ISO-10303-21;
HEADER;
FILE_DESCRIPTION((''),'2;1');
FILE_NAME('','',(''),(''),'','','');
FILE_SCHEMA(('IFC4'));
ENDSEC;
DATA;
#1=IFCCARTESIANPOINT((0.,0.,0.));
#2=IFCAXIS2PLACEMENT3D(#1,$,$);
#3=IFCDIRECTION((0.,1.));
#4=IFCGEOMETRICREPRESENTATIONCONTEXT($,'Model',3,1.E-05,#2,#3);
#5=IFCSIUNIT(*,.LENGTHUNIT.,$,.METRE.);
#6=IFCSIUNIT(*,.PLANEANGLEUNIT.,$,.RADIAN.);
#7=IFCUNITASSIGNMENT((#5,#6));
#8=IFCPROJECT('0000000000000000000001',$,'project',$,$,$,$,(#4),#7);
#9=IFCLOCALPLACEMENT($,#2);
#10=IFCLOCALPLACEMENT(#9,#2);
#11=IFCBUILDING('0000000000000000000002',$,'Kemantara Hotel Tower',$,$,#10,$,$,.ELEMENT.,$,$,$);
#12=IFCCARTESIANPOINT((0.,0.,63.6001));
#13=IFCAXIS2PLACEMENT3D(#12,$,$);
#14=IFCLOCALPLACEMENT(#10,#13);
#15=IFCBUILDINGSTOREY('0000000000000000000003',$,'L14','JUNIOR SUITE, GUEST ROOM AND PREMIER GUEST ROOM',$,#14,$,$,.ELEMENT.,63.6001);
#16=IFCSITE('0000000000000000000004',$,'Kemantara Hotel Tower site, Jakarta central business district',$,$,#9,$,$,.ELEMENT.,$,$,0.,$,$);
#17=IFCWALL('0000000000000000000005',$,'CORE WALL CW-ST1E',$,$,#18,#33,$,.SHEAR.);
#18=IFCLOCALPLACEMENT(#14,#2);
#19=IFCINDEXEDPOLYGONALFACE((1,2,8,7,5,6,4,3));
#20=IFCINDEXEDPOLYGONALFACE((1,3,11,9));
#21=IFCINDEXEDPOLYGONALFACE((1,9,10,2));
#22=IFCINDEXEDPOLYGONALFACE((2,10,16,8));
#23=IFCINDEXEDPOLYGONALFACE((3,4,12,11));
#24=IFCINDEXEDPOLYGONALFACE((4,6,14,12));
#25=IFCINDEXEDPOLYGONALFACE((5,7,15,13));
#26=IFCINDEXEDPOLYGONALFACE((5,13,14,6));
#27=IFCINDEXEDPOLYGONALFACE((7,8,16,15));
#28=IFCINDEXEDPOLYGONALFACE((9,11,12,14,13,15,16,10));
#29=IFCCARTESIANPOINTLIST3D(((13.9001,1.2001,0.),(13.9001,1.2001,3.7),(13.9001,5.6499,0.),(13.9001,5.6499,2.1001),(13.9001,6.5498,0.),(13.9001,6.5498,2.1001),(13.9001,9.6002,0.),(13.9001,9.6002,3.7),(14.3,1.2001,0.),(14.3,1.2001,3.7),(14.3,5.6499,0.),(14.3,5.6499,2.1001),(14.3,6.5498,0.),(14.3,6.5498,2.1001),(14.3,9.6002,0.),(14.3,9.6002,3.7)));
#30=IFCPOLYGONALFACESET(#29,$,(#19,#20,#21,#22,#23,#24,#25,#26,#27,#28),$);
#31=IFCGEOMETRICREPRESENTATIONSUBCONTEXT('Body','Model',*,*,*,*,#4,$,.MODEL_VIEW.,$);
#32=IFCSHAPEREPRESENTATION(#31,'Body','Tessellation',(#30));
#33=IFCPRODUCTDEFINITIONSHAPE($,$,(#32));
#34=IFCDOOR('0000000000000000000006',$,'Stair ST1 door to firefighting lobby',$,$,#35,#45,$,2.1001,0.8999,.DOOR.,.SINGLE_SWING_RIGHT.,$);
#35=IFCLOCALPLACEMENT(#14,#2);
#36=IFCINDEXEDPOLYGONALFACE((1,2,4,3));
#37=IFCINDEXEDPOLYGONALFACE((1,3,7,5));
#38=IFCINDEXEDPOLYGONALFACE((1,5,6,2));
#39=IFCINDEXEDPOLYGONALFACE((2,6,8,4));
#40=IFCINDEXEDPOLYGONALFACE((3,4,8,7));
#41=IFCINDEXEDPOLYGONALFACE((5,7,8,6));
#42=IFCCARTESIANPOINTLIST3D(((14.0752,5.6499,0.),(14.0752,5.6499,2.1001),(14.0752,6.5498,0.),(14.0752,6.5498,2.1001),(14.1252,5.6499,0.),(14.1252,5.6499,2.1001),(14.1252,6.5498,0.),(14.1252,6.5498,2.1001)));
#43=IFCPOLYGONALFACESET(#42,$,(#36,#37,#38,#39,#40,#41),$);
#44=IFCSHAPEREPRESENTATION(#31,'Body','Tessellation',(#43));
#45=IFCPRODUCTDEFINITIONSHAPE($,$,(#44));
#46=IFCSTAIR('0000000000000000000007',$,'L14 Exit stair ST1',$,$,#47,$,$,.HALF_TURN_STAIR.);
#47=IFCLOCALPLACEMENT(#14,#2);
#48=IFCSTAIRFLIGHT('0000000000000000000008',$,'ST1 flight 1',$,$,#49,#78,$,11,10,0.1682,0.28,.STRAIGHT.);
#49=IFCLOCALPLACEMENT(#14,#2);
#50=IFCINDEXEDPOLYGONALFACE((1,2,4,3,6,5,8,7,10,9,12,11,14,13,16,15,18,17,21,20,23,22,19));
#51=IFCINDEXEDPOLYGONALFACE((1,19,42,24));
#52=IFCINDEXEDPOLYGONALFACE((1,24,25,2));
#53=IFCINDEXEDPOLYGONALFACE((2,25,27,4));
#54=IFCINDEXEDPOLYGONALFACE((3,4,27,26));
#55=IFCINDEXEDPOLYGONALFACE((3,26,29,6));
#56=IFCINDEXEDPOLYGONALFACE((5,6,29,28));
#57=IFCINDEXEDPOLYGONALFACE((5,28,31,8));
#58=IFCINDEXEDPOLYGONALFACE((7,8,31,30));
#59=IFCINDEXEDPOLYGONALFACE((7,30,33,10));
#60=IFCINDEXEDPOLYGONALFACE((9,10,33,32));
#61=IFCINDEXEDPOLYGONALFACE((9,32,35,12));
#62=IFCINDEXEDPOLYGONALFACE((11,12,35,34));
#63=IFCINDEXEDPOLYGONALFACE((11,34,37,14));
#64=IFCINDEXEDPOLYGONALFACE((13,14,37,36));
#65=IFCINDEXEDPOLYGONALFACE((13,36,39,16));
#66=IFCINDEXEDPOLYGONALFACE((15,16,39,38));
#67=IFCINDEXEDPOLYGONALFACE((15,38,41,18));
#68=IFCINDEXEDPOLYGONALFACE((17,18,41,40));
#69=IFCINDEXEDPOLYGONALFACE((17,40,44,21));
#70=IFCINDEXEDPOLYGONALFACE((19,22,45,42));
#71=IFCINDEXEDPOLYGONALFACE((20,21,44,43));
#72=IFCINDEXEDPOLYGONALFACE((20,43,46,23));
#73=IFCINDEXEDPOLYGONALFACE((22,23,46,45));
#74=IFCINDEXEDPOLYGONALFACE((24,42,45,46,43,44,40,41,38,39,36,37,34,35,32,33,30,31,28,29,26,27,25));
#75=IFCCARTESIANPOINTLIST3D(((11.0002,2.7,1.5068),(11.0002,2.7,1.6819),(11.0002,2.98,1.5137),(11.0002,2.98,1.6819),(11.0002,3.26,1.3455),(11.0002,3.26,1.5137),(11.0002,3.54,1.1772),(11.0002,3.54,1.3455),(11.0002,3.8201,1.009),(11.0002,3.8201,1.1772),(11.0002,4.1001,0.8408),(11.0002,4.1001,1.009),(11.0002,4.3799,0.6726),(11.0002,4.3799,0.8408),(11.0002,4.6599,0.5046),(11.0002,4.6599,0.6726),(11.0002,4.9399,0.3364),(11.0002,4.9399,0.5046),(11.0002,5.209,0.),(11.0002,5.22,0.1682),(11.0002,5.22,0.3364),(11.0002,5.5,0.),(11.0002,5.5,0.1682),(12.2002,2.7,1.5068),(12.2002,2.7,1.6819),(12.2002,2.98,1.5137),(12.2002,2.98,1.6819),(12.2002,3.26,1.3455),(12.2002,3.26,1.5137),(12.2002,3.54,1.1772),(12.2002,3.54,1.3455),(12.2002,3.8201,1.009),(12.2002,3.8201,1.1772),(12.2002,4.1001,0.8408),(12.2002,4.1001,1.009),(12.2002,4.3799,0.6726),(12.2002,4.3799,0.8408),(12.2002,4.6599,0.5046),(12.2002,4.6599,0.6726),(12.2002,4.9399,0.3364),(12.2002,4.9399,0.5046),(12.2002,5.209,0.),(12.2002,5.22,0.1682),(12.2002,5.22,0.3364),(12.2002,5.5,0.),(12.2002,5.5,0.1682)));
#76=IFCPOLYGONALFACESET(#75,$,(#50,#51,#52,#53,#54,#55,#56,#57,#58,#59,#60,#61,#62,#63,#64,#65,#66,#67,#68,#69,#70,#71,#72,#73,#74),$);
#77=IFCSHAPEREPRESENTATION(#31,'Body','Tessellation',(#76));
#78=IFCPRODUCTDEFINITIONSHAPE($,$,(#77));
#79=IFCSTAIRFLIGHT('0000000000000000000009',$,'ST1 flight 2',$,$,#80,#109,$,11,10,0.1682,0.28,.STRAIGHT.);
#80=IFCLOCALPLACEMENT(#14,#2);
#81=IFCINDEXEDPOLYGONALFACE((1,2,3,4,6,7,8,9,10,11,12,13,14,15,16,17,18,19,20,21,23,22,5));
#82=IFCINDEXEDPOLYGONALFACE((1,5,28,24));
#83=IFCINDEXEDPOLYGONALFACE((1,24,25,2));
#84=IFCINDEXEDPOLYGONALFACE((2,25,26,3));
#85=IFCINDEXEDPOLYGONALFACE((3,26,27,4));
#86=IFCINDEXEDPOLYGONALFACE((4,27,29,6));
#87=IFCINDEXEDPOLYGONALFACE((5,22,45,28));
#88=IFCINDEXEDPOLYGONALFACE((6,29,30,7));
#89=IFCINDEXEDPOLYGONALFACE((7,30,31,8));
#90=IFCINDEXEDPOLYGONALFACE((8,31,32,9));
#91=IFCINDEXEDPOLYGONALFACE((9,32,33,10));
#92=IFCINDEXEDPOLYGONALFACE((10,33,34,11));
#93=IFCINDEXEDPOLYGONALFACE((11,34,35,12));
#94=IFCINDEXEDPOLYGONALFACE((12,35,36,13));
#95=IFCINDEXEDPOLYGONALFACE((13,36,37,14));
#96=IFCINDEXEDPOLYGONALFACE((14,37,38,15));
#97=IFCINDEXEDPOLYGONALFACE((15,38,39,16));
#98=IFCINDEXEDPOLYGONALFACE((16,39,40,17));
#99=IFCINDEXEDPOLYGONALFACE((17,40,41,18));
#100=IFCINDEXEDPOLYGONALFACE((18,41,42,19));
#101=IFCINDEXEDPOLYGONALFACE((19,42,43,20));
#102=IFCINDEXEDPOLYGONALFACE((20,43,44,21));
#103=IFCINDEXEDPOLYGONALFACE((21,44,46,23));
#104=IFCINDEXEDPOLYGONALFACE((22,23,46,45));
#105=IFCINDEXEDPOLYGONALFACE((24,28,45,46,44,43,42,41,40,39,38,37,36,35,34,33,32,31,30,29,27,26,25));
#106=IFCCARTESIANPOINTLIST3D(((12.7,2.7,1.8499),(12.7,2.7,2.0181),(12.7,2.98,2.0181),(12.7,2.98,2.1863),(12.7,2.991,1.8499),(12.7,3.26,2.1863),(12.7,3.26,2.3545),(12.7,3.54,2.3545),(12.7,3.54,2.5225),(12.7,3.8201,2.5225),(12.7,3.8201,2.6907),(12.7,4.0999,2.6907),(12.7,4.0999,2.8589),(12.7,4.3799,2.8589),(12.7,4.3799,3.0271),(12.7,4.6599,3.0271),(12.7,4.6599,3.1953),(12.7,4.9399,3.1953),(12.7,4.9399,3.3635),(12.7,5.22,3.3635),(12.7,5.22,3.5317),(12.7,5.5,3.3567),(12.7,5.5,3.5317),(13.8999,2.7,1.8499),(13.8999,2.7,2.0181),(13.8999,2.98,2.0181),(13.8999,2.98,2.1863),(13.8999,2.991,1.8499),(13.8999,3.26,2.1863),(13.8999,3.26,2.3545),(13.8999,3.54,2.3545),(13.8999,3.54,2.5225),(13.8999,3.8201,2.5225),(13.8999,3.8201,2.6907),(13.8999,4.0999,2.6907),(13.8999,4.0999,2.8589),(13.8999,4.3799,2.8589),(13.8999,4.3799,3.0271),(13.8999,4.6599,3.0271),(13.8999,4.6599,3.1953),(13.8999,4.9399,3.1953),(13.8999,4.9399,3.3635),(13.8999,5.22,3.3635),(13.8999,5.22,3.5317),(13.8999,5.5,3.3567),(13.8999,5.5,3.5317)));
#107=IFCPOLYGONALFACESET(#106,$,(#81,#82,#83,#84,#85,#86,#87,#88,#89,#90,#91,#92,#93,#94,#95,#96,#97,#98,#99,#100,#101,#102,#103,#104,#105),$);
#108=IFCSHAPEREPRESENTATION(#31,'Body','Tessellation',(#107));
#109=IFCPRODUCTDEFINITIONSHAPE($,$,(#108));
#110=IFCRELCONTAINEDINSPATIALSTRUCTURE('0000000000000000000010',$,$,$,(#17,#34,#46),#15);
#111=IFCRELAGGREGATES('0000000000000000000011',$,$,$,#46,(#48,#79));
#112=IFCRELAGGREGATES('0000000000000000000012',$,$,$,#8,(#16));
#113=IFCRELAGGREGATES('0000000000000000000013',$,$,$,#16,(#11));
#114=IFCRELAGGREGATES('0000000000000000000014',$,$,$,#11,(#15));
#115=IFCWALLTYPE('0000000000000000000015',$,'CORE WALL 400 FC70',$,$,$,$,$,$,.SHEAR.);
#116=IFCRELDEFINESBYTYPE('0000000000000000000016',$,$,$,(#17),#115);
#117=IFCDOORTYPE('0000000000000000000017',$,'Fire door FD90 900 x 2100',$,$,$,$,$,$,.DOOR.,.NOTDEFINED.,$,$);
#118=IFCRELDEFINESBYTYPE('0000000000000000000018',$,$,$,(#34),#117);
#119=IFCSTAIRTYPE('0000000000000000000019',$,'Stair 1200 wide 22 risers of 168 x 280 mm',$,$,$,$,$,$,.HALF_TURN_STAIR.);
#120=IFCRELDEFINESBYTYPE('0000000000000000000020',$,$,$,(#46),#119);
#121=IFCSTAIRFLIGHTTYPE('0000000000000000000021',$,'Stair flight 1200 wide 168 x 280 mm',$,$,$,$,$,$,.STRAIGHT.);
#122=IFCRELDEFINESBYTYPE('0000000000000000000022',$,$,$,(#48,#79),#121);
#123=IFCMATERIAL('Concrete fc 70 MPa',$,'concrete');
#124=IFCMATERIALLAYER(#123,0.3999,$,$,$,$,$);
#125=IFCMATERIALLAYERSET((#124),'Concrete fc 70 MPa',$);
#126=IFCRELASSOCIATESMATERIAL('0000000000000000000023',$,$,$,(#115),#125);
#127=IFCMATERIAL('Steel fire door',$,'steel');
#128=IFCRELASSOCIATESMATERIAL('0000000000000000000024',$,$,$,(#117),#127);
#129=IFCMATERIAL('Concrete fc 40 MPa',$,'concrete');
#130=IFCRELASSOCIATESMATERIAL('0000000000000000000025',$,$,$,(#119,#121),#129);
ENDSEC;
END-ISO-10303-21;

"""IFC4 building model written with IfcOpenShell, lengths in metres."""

from ifc_helpers import new_model, si_unit, direction, frame, frame_2d, origin, place, context, subcontext, project, spatial, polyline, rectangle, outline, extrude, material, layer, layer_set, type_object, element, fill, aggregate, save


model = new_model("IFC4")

# Units and contexts
model_context = context("Model", 3, precision=1e-05, world=origin(), true_north=direction((0.0, 1.0)))
body_context = subcontext(model_context, "Body", "Model", "MODEL_VIEW")
ifc_project = project(units=[si_unit("LENGTHUNIT", "METRE"), si_unit("PLANEANGLEUNIT", "RADIAN")], contexts=[model_context])

# Site, building, storey
site_placement = place(None, origin())
site = spatial("IfcSite", under=ifc_project, at=site_placement, Name="Kemantara Hotel Tower site, Jakarta central business district", CompositionType="ELEMENT", RefElevation=0.0)
building_placement = place(site_placement, origin())
building = spatial("IfcBuilding", under=site, at=building_placement, Name="Kemantara Hotel Tower", CompositionType="ELEMENT")
storey_placement = place(building_placement, frame((0.0, 0.0, 63.6001)))
storey = spatial("IfcBuildingStorey", under=building, at=storey_placement, Name="L14", Description="JUNIOR SUITE, GUEST ROOM AND PREMIER GUEST ROOM", CompositionType="ELEMENT", Elevation=63.6001)

# Shared definitions
ifc_material_1 = material(Name="Concrete fc 70 MPa", Category="concrete")

# Shared definitions
ifc_layer_1 = layer(ifc_material_1, 0.3999)
ifc_layer_set_1 = layer_set([ifc_layer_1], Name="Concrete fc 70 MPa")
wall_type_1 = type_object("IfcWallType", Name="CORE WALL 400 FC70", PredefinedType="SHEAR", material=ifc_layer_set_1)
ifc_material_2 = material(Name="Steel fire door", Category="steel")

# Wall, opening, door
wall_1_placement = place(storey_placement, frame((14.1001, 1.2, 0.0), z_axis=(0.0, 0.0, 1.0), x_axis=(0.0, 1.0, 0.0)))
wall_1 = element("IfcWall", 1, at=wall_1_placement, inside=storey, type_object=wall_type_1, Name="CORE WALL CW-ST1E", PredefinedType="SHEAR", context=body_context, shape_type="SweptSolid", body=[
    extrude(rectangle(XDim=8.4001, YDim=0.3999, at=frame_2d((4.2002, 0.0))), origin(), (0.0, 0.0, 1.0), 3.7),
])
opening_1_placement = place(wall_1_placement, frame((4.45, 0.0, 0.0)))
opening_1 = element("IfcOpeningElement", 2, at=opening_1_placement, cuts=wall_1, PredefinedType="OPENING", context=body_context, shape_type="SweptSolid", body=[
    extrude(rectangle(XDim=0.8999, YDim=2.1001, at=frame_2d((0.45, 1.05))), frame((0.0, 0.21, 0.0), z_axis=(0.0, -1.0, 0.0), x_axis=(1.0, 0.0, 0.0)), (0.0, 0.0, 1.0), 0.4199),
])
door_type_1 = type_object("IfcDoorType", Name="Fire door FD90 900 x 2100", OperationType="NOTDEFINED", PredefinedType="DOOR", material=ifc_material_2)
door_1_placement = place(opening_1_placement, origin())
door_1 = element("IfcDoor", 3, at=door_1_placement, inside=storey, type_object=door_type_1, Name="Stair ST1 door to firefighting lobby", OperationType="SINGLE_SWING_RIGHT", OverallHeight=2.1001, OverallWidth=0.8999, PredefinedType="DOOR", context=body_context, shape_type="SweptSolid", body=[
    extrude(rectangle(XDim=0.8999, YDim=2.1001, at=frame_2d((0.45, 1.05))), frame((0.0, 0.0249, 0.0), z_axis=(0.0, -1.0, 0.0), x_axis=(1.0, 0.0, 0.0)), (0.0, 0.0, 1.0), 0.05),
])
fill(opening_1, door_1)

# Stair, stair flights
ifc_material_3 = material(Name="Concrete fc 40 MPa", Category="concrete")
stair_type = type_object("IfcStairType", Name="Stair 1200 wide 22 risers of 168 x 280 mm", PredefinedType="HALF_TURN_STAIR", material=ifc_material_3)
stair_placement = place(storey_placement, origin())
stair = element("IfcStair", 4, at=stair_placement, inside=storey, type_object=stair_type, Name="L14 Exit stair ST1", PredefinedType="HALF_TURN_STAIR")
stair_flight_type = type_object("IfcStairFlightType", Name="Stair flight 1200 wide 168 x 280 mm", PredefinedType="STRAIGHT", material=ifc_material_3)
stair_flight_1_placement = place(storey_placement, frame((11.6001, 5.5, 0.0), z_axis=(0.0, 0.0, 1.0), x_axis=(0.0, -1.0, 0.0)))
stair_flight_1 = element("IfcStairFlight", 5, at=stair_flight_1_placement, type_object=stair_flight_type, Name="ST1 flight 1", NumberOfRisers=11, NumberOfTreads=10, PredefinedType="STRAIGHT", RiserHeight=0.1682, TreadLength=0.28, context=body_context, shape_type="SweptSolid", body=[
    extrude(outline(polyline([(0.0, 0.0), (0.0, 0.1682), (0.28, 0.1682), (0.28, 0.3364), (0.5601, 0.3364), (0.5601, 0.5046), (0.8401, 0.5046), (0.8401, 0.6726), (1.1201, 0.6726), (1.1201, 0.8408), (1.3999, 0.8408), (1.3999, 1.009), (1.6799, 1.009), (1.6799, 1.1772), (1.96, 1.1772), (1.96, 1.3455), (2.24, 1.3455), (2.24, 1.5137), (2.52, 1.5137), (2.52, 1.6819), (2.8, 1.6819), (2.8, 1.8501), (2.8, 1.5068), (0.291, 0.0), (0.0, 0.0)])), frame((0.0, 0.6001, 0.0), z_axis=(0.0, -1.0, 0.0), x_axis=(1.0, 0.0, 0.0)), (0.0, 0.0, 1.0), 1.2),
])
stair_flight_2_placement = place(storey_placement, frame((13.3, 2.7, 1.8499), z_axis=(0.0, 0.0, 1.0), x_axis=(0.0, 1.0, 0.0)))
stair_flight_2 = element("IfcStairFlight", 6, at=stair_flight_2_placement, type_object=stair_flight_type, Name="ST1 flight 2", NumberOfRisers=11, NumberOfTreads=10, PredefinedType="STRAIGHT", RiserHeight=0.1682, TreadLength=0.28, context=body_context, shape_type="SweptSolid", body=[
    extrude(outline(polyline([(0.0, 0.0), (0.0, 0.1682), (0.28, 0.1682), (0.28, 0.3364), (0.5601, 0.3364), (0.5601, 0.5046), (0.8401, 0.5046), (0.8401, 0.6726), (1.1201, 0.6726), (1.1201, 0.8408), (1.3999, 0.8408), (1.3999, 1.009), (1.6799, 1.009), (1.6799, 1.1772), (1.96, 1.1772), (1.96, 1.3455), (2.24, 1.3455), (2.24, 1.5137), (2.52, 1.5137), (2.52, 1.6819), (2.8, 1.6819), (2.8, 1.8501), (2.8, 1.5068), (0.291, 0.0), (0.0, 0.0)])), frame((0.0, 0.6001, 0.0), z_axis=(0.0, -1.0, 0.0), x_axis=(1.0, 0.0, 0.0)), (0.0, 0.0, 1.0), 1.2),
])
aggregate(stair, [stair_flight_1, stair_flight_2])

save(model, "model.ifc")
